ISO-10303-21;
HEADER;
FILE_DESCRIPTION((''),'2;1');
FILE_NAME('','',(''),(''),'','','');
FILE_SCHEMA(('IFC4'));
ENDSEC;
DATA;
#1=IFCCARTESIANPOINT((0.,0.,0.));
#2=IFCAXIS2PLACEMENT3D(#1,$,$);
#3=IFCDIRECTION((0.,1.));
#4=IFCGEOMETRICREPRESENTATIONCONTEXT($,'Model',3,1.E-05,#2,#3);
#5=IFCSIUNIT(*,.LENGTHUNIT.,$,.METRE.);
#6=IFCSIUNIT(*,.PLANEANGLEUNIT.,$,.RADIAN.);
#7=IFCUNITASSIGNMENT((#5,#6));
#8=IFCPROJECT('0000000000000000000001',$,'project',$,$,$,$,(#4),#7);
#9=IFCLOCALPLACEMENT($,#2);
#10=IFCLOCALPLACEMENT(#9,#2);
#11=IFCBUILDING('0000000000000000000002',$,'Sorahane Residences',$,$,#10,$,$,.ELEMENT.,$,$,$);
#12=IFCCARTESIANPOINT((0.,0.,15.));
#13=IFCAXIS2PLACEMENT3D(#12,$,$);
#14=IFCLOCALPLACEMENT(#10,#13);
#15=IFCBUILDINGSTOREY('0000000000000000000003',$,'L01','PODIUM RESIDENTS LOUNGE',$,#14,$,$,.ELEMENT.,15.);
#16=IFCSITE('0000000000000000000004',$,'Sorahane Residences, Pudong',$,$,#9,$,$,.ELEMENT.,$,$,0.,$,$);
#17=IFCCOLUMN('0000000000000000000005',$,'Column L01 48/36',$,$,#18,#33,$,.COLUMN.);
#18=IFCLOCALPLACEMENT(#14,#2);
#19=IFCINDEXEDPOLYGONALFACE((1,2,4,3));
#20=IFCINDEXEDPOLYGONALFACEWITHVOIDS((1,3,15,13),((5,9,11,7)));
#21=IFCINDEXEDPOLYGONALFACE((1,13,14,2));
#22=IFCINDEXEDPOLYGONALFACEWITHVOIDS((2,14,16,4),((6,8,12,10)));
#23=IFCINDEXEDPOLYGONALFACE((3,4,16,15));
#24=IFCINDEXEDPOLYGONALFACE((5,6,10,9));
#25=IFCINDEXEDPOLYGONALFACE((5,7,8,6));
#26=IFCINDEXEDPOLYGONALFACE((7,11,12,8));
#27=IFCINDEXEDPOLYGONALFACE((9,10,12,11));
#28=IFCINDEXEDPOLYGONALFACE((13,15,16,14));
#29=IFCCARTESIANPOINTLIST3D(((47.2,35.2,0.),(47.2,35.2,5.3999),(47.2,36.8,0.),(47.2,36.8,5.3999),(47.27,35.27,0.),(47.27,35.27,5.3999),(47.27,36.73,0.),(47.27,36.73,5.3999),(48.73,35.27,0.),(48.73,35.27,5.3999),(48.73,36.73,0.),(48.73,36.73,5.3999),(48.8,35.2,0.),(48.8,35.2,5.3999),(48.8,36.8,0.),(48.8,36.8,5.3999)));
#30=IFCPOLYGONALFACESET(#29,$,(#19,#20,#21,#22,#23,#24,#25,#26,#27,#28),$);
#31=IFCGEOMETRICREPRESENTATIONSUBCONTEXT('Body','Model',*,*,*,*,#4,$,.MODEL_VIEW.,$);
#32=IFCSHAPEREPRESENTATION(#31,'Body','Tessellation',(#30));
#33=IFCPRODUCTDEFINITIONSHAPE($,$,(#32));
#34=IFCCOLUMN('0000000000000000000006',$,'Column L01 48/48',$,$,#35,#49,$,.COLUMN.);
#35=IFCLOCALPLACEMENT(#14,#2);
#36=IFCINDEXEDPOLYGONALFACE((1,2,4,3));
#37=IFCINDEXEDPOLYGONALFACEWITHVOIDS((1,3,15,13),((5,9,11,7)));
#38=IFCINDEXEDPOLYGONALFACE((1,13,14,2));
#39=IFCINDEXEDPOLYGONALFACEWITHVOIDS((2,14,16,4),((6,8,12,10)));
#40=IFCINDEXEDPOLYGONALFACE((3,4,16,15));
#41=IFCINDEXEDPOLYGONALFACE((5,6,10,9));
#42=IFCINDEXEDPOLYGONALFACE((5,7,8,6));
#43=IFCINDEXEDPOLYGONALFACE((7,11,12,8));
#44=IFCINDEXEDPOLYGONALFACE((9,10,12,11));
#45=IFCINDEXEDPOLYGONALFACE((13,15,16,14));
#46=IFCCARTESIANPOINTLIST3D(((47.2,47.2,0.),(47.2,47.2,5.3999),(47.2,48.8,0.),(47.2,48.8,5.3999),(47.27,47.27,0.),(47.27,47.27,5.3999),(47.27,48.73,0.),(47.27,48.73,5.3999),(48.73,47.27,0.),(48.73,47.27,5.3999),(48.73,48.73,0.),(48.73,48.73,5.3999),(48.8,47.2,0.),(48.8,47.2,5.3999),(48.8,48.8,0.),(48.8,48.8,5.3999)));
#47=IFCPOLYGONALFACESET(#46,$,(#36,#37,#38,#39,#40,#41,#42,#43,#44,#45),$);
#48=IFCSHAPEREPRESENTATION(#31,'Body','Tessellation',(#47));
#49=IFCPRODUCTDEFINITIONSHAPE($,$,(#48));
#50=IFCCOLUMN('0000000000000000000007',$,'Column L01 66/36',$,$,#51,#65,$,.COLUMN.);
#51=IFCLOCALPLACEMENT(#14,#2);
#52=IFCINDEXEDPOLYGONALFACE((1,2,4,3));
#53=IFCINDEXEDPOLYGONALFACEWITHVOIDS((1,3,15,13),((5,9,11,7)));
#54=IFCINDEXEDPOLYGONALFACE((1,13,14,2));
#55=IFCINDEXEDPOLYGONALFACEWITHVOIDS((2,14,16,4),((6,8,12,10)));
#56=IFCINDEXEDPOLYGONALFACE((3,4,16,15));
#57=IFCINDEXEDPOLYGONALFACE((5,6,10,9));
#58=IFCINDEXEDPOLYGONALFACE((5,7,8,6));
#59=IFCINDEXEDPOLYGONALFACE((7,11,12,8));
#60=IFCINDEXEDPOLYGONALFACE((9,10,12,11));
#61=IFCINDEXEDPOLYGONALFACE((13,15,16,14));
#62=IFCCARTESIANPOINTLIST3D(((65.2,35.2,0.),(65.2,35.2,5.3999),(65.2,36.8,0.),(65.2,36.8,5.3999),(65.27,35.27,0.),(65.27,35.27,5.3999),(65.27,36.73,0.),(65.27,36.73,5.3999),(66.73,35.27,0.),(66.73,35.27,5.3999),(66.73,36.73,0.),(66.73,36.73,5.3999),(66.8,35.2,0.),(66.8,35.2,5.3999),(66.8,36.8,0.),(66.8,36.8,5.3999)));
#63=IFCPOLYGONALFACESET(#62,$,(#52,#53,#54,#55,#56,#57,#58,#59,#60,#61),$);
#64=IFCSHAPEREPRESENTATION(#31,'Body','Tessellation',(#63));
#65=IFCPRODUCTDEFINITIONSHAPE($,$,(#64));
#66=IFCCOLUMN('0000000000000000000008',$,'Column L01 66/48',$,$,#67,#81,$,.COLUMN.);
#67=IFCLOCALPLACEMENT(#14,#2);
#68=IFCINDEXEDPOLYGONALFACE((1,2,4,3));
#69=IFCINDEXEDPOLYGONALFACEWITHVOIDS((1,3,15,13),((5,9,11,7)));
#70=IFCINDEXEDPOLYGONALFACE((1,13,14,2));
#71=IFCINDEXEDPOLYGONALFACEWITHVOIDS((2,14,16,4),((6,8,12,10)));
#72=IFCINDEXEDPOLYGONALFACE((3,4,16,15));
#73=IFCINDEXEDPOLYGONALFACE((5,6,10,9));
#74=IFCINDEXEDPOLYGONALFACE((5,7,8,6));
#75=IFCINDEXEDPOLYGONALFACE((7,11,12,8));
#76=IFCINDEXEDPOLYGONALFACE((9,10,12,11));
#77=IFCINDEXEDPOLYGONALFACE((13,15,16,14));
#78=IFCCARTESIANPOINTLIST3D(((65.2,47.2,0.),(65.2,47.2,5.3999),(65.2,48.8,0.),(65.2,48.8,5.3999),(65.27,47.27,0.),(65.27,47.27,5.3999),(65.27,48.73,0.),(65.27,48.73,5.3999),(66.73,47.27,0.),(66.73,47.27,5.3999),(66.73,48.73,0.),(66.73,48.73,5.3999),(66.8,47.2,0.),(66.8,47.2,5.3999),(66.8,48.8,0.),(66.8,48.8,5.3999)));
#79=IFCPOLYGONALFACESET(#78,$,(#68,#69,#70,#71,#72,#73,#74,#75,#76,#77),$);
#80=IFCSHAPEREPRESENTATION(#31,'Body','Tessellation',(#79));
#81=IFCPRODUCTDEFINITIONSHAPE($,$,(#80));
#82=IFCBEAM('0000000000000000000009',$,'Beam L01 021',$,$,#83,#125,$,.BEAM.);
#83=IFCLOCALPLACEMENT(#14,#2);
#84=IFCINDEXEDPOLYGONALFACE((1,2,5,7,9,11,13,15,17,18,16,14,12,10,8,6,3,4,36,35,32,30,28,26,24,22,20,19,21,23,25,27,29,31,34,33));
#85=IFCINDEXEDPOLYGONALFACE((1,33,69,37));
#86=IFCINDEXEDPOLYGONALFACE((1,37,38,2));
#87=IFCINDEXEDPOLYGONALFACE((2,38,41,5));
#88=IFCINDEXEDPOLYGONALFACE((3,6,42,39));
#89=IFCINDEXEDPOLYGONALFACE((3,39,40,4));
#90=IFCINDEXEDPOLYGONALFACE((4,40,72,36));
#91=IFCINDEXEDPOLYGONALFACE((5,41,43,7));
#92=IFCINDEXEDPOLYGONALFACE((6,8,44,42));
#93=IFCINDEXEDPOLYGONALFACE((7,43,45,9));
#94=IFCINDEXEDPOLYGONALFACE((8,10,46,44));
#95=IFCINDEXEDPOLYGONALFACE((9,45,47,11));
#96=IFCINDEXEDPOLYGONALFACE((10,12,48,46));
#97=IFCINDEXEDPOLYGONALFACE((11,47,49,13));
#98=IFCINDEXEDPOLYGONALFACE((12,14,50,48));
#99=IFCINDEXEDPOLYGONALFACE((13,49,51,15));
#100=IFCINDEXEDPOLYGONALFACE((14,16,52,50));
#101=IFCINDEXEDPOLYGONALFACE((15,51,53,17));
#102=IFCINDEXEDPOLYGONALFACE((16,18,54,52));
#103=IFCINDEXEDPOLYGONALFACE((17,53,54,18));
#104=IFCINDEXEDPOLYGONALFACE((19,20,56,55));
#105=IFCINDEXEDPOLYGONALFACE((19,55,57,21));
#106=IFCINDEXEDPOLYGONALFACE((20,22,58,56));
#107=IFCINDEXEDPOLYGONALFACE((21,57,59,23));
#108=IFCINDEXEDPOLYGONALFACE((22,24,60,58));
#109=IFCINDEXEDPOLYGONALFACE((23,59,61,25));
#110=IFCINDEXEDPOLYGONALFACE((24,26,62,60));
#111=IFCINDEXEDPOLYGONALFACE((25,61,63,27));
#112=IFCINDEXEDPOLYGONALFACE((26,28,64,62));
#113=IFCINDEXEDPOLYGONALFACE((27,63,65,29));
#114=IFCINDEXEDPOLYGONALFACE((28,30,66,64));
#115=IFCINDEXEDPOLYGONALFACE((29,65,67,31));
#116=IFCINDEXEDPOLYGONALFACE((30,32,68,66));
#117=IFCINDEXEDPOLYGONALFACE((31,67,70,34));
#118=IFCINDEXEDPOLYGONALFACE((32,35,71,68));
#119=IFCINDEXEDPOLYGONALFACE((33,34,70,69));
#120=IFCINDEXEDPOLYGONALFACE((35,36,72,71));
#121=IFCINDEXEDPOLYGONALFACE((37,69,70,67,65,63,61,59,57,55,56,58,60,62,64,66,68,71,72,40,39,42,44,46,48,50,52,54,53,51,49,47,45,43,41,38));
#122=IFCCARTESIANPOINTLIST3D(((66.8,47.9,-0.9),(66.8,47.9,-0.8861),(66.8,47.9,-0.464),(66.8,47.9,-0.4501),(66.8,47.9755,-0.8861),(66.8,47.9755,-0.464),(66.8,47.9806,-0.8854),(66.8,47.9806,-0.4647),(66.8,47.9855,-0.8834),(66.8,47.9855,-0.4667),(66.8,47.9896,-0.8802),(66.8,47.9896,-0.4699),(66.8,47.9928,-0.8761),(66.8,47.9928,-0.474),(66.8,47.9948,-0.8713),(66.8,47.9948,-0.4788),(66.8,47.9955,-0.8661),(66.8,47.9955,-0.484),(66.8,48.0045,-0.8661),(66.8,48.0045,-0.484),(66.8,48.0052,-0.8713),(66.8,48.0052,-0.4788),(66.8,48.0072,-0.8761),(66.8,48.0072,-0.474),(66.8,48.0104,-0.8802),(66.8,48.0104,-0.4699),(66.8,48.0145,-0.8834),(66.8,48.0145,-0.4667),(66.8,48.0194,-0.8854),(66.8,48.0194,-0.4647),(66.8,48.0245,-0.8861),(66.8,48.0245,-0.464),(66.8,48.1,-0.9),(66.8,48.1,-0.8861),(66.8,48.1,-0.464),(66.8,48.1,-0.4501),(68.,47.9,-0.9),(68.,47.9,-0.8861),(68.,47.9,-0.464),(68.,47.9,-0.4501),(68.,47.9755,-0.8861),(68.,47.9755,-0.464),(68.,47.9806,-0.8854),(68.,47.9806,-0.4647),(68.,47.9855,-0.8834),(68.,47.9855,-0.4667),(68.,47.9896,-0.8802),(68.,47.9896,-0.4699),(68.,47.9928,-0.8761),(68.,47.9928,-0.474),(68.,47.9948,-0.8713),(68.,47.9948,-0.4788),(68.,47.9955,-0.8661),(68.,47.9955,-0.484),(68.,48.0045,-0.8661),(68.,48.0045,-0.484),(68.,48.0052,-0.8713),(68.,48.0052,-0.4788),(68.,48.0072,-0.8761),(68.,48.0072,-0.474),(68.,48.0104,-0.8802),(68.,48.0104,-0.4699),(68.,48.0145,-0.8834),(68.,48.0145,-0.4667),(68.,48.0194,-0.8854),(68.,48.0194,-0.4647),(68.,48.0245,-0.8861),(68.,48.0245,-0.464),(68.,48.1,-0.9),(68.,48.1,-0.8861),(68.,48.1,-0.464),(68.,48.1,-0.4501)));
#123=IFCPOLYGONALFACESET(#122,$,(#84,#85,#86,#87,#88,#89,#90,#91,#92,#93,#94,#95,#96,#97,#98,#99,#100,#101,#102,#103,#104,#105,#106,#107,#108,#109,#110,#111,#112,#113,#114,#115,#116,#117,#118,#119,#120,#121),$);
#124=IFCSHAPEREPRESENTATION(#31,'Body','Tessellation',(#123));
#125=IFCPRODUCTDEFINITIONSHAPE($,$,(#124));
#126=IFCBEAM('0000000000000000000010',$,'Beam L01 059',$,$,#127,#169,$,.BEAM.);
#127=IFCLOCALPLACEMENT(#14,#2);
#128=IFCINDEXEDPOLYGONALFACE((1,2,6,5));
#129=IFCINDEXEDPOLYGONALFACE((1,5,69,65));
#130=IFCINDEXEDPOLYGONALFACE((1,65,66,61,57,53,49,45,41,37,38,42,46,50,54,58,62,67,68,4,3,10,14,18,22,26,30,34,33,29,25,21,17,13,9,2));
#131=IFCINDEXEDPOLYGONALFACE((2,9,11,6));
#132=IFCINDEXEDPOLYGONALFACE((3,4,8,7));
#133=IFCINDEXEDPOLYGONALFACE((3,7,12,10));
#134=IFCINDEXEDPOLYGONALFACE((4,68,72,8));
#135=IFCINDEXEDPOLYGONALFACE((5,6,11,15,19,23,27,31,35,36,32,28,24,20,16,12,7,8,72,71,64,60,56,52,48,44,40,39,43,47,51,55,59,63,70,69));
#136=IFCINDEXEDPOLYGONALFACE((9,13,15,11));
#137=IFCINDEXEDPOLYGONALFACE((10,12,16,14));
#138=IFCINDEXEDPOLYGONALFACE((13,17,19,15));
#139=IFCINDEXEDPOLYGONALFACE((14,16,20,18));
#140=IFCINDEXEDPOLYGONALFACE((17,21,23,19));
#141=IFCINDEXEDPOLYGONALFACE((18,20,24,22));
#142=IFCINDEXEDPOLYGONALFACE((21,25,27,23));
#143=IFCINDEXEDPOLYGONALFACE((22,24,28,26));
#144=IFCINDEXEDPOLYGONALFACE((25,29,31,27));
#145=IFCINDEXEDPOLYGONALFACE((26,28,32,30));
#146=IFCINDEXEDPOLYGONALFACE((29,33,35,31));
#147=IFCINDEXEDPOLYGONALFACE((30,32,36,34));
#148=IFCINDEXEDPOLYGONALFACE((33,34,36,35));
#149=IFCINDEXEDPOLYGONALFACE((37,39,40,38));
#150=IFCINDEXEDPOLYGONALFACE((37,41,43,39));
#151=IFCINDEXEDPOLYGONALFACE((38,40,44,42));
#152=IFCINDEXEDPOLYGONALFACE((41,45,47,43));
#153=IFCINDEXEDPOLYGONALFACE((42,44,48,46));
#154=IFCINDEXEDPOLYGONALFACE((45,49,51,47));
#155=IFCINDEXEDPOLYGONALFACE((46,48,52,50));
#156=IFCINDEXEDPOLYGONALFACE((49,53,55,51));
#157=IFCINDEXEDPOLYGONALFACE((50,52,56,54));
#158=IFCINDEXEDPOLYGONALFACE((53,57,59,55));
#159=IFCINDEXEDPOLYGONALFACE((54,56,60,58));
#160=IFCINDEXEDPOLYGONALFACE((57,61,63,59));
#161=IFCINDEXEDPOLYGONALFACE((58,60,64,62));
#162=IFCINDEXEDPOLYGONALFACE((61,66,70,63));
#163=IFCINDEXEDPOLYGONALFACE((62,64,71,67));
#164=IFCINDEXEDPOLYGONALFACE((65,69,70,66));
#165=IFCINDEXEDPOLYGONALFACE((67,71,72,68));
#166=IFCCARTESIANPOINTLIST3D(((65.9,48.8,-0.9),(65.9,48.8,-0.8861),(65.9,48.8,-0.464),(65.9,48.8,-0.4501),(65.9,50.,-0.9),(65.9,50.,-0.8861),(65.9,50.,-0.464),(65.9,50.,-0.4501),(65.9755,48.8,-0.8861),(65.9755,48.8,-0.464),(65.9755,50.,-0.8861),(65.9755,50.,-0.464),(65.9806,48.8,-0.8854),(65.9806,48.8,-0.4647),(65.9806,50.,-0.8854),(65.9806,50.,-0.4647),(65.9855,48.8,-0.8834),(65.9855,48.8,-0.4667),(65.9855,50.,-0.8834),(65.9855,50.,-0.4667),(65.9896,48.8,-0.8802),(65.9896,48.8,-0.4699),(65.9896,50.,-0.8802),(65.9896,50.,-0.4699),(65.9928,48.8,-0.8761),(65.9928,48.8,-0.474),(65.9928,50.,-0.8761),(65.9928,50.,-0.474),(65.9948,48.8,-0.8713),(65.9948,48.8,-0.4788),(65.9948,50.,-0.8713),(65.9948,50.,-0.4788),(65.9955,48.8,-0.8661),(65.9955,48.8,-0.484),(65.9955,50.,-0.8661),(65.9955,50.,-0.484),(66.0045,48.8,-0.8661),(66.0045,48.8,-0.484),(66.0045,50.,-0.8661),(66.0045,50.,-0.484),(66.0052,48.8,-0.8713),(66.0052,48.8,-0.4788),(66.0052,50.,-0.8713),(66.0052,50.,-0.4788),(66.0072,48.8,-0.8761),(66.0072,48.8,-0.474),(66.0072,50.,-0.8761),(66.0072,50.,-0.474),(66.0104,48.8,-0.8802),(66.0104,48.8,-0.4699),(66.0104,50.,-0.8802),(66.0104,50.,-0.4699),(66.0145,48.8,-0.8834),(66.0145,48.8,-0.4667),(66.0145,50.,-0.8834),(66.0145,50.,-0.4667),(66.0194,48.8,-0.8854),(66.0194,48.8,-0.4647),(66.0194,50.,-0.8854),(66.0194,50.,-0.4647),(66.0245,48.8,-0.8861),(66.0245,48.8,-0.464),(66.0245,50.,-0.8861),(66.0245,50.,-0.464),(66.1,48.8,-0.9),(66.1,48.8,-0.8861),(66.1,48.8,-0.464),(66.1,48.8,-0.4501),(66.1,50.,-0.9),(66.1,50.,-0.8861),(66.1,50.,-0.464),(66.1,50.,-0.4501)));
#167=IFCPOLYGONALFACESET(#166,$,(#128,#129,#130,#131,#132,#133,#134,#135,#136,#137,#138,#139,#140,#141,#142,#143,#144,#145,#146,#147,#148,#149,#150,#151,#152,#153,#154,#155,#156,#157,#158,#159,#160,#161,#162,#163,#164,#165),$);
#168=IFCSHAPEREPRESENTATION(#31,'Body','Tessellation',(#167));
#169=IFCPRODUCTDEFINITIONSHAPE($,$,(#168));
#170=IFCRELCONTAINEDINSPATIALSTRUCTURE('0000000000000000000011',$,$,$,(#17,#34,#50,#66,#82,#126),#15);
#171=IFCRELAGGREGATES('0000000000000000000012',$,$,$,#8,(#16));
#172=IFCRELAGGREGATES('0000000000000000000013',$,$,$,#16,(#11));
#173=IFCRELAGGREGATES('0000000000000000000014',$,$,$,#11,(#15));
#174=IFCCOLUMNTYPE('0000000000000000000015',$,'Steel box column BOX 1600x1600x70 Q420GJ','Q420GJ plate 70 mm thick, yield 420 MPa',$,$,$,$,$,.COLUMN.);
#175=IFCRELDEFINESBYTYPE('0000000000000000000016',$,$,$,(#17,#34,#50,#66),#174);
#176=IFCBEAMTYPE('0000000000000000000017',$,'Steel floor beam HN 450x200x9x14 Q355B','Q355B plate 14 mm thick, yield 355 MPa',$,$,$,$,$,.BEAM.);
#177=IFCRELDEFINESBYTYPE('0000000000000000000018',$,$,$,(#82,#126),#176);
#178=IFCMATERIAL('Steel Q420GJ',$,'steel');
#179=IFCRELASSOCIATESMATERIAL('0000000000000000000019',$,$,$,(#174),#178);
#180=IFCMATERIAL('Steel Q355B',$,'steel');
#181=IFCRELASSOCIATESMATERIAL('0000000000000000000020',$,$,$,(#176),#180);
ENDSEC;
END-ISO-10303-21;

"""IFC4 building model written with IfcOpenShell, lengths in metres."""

from ifc_helpers import new_model, si_unit, direction, frame, origin, origin_2d, place, context, subcontext, project, spatial, hollow_rectangle, i_section, extrude, material, material_profile, profile_set, type_object, element, save


model = new_model("IFC4")

# Units and contexts
model_context = context("Model", 3, precision=1e-05, world=origin(), true_north=direction((0.0, 1.0)))
body_context = subcontext(model_context, "Body", "Model", "MODEL_VIEW")
ifc_project = project(units=[si_unit("LENGTHUNIT", "METRE"), si_unit("PLANEANGLEUNIT", "RADIAN")], contexts=[model_context])

# Site, building, storey
site_placement = place(None, origin())
site = spatial("IfcSite", under=ifc_project, at=site_placement, Name="Sorahane Residences, Pudong", CompositionType="ELEMENT", RefElevation=0.0)
building_placement = place(site_placement, origin())
building = spatial("IfcBuilding", under=site, at=building_placement, Name="Sorahane Residences", CompositionType="ELEMENT")
storey_placement = place(building_placement, frame((0.0, 0.0, 15.0)))
storey = spatial("IfcBuildingStorey", under=building, at=storey_placement, Name="L01", Description="PODIUM RESIDENTS LOUNGE", CompositionType="ELEMENT", Elevation=15.0)

# Columns
ifc_material_1 = material(Name="Steel Q420GJ", Category="steel")
ifc_material_profile_1 = material_profile(ifc_material_1, hollow_rectangle(XDim=1.6001, YDim=1.6001, WallThickness=0.0701, at=origin_2d()), Name="BOX 1600x1600x70")
ifc_profile_set_1 = profile_set([ifc_material_profile_1], Name="Steel Q420GJ")
column_type = type_object("IfcColumnType", Name="Steel box column BOX 1600x1600x70 Q420GJ", Description="Q420GJ plate 70 mm thick, yield 420 MPa", PredefinedType="COLUMN", material=ifc_profile_set_1)
for number, where, z_axis, x_axis, name in (
    (1, (48.0, 36.0, 0.0), (0.0, 0.0, 1.0), (1.0, 0.0, 0.0), "Column L01 48/36"),
    (2, (48.0, 48.0, 0.0), (0.0, 0.0, 1.0), (1.0, 0.0, 0.0), "Column L01 48/48"),
    (3, (66.0, 36.0, 0.0), (0.0, 0.0, 1.0), (1.0, 0.0, 0.0), "Column L01 66/36"),
    (4, (66.0, 48.0, 0.0), (0.0, 0.0, 1.0), (1.0, 0.0, 0.0), "Column L01 66/48"),
):
    element("IfcColumn", number, at=place(storey_placement, frame(where, z_axis=z_axis, x_axis=x_axis)), inside=storey, type_object=column_type, Name=name, PredefinedType="COLUMN", context=body_context, shape_type="SweptSolid", body=[
        extrude(hollow_rectangle(XDim=1.6001, YDim=1.6001, WallThickness=0.0701, at=origin_2d()), origin(), (0.0, 0.0, 1.0), 5.3999),
    ])

# Beams
ifc_material_2 = material(Name="Steel Q355B", Category="steel")
ifc_material_profile_2 = material_profile(ifc_material_2, i_section(OverallWidth=0.2, OverallDepth=0.45, WebThickness=0.009, FlangeThickness=0.0139, FilletRadius=0.02, at=origin_2d()), Name="HN 450x200x9x14")
ifc_profile_set_2 = profile_set([ifc_material_profile_2], Name="Steel Q355B")
beam_type_1 = type_object("IfcBeamType", Name="Steel floor beam HN 450x200x9x14 Q355B", Description="Q355B plate 14 mm thick, yield 355 MPa", PredefinedType="BEAM", material=ifc_profile_set_2)
for number, where, z_axis, x_axis, name in (
    (5, (66.8, 48.0, -0.675), (1.0, 0.0, 0.0), (0.0, 1.0, 0.0), "Beam L01 021"),
    (6, (66.0, 48.8, -0.675), (0.0, 1.0, 0.0), (-1.0, 0.0, 0.0), "Beam L01 059"),
):
    element("IfcBeam", number, at=place(storey_placement, frame(where, z_axis=z_axis, x_axis=x_axis)), inside=storey, type_object=beam_type_1, Name=name, PredefinedType="BEAM", context=body_context, shape_type="SweptSolid", body=[
        extrude(i_section(OverallWidth=0.2, OverallDepth=0.45, WebThickness=0.009, FlangeThickness=0.0139, FilletRadius=0.02, at=origin_2d()), origin(), (0.0, 0.0, 1.0), 1.2),
    ])

save(model, "model.ifc")
